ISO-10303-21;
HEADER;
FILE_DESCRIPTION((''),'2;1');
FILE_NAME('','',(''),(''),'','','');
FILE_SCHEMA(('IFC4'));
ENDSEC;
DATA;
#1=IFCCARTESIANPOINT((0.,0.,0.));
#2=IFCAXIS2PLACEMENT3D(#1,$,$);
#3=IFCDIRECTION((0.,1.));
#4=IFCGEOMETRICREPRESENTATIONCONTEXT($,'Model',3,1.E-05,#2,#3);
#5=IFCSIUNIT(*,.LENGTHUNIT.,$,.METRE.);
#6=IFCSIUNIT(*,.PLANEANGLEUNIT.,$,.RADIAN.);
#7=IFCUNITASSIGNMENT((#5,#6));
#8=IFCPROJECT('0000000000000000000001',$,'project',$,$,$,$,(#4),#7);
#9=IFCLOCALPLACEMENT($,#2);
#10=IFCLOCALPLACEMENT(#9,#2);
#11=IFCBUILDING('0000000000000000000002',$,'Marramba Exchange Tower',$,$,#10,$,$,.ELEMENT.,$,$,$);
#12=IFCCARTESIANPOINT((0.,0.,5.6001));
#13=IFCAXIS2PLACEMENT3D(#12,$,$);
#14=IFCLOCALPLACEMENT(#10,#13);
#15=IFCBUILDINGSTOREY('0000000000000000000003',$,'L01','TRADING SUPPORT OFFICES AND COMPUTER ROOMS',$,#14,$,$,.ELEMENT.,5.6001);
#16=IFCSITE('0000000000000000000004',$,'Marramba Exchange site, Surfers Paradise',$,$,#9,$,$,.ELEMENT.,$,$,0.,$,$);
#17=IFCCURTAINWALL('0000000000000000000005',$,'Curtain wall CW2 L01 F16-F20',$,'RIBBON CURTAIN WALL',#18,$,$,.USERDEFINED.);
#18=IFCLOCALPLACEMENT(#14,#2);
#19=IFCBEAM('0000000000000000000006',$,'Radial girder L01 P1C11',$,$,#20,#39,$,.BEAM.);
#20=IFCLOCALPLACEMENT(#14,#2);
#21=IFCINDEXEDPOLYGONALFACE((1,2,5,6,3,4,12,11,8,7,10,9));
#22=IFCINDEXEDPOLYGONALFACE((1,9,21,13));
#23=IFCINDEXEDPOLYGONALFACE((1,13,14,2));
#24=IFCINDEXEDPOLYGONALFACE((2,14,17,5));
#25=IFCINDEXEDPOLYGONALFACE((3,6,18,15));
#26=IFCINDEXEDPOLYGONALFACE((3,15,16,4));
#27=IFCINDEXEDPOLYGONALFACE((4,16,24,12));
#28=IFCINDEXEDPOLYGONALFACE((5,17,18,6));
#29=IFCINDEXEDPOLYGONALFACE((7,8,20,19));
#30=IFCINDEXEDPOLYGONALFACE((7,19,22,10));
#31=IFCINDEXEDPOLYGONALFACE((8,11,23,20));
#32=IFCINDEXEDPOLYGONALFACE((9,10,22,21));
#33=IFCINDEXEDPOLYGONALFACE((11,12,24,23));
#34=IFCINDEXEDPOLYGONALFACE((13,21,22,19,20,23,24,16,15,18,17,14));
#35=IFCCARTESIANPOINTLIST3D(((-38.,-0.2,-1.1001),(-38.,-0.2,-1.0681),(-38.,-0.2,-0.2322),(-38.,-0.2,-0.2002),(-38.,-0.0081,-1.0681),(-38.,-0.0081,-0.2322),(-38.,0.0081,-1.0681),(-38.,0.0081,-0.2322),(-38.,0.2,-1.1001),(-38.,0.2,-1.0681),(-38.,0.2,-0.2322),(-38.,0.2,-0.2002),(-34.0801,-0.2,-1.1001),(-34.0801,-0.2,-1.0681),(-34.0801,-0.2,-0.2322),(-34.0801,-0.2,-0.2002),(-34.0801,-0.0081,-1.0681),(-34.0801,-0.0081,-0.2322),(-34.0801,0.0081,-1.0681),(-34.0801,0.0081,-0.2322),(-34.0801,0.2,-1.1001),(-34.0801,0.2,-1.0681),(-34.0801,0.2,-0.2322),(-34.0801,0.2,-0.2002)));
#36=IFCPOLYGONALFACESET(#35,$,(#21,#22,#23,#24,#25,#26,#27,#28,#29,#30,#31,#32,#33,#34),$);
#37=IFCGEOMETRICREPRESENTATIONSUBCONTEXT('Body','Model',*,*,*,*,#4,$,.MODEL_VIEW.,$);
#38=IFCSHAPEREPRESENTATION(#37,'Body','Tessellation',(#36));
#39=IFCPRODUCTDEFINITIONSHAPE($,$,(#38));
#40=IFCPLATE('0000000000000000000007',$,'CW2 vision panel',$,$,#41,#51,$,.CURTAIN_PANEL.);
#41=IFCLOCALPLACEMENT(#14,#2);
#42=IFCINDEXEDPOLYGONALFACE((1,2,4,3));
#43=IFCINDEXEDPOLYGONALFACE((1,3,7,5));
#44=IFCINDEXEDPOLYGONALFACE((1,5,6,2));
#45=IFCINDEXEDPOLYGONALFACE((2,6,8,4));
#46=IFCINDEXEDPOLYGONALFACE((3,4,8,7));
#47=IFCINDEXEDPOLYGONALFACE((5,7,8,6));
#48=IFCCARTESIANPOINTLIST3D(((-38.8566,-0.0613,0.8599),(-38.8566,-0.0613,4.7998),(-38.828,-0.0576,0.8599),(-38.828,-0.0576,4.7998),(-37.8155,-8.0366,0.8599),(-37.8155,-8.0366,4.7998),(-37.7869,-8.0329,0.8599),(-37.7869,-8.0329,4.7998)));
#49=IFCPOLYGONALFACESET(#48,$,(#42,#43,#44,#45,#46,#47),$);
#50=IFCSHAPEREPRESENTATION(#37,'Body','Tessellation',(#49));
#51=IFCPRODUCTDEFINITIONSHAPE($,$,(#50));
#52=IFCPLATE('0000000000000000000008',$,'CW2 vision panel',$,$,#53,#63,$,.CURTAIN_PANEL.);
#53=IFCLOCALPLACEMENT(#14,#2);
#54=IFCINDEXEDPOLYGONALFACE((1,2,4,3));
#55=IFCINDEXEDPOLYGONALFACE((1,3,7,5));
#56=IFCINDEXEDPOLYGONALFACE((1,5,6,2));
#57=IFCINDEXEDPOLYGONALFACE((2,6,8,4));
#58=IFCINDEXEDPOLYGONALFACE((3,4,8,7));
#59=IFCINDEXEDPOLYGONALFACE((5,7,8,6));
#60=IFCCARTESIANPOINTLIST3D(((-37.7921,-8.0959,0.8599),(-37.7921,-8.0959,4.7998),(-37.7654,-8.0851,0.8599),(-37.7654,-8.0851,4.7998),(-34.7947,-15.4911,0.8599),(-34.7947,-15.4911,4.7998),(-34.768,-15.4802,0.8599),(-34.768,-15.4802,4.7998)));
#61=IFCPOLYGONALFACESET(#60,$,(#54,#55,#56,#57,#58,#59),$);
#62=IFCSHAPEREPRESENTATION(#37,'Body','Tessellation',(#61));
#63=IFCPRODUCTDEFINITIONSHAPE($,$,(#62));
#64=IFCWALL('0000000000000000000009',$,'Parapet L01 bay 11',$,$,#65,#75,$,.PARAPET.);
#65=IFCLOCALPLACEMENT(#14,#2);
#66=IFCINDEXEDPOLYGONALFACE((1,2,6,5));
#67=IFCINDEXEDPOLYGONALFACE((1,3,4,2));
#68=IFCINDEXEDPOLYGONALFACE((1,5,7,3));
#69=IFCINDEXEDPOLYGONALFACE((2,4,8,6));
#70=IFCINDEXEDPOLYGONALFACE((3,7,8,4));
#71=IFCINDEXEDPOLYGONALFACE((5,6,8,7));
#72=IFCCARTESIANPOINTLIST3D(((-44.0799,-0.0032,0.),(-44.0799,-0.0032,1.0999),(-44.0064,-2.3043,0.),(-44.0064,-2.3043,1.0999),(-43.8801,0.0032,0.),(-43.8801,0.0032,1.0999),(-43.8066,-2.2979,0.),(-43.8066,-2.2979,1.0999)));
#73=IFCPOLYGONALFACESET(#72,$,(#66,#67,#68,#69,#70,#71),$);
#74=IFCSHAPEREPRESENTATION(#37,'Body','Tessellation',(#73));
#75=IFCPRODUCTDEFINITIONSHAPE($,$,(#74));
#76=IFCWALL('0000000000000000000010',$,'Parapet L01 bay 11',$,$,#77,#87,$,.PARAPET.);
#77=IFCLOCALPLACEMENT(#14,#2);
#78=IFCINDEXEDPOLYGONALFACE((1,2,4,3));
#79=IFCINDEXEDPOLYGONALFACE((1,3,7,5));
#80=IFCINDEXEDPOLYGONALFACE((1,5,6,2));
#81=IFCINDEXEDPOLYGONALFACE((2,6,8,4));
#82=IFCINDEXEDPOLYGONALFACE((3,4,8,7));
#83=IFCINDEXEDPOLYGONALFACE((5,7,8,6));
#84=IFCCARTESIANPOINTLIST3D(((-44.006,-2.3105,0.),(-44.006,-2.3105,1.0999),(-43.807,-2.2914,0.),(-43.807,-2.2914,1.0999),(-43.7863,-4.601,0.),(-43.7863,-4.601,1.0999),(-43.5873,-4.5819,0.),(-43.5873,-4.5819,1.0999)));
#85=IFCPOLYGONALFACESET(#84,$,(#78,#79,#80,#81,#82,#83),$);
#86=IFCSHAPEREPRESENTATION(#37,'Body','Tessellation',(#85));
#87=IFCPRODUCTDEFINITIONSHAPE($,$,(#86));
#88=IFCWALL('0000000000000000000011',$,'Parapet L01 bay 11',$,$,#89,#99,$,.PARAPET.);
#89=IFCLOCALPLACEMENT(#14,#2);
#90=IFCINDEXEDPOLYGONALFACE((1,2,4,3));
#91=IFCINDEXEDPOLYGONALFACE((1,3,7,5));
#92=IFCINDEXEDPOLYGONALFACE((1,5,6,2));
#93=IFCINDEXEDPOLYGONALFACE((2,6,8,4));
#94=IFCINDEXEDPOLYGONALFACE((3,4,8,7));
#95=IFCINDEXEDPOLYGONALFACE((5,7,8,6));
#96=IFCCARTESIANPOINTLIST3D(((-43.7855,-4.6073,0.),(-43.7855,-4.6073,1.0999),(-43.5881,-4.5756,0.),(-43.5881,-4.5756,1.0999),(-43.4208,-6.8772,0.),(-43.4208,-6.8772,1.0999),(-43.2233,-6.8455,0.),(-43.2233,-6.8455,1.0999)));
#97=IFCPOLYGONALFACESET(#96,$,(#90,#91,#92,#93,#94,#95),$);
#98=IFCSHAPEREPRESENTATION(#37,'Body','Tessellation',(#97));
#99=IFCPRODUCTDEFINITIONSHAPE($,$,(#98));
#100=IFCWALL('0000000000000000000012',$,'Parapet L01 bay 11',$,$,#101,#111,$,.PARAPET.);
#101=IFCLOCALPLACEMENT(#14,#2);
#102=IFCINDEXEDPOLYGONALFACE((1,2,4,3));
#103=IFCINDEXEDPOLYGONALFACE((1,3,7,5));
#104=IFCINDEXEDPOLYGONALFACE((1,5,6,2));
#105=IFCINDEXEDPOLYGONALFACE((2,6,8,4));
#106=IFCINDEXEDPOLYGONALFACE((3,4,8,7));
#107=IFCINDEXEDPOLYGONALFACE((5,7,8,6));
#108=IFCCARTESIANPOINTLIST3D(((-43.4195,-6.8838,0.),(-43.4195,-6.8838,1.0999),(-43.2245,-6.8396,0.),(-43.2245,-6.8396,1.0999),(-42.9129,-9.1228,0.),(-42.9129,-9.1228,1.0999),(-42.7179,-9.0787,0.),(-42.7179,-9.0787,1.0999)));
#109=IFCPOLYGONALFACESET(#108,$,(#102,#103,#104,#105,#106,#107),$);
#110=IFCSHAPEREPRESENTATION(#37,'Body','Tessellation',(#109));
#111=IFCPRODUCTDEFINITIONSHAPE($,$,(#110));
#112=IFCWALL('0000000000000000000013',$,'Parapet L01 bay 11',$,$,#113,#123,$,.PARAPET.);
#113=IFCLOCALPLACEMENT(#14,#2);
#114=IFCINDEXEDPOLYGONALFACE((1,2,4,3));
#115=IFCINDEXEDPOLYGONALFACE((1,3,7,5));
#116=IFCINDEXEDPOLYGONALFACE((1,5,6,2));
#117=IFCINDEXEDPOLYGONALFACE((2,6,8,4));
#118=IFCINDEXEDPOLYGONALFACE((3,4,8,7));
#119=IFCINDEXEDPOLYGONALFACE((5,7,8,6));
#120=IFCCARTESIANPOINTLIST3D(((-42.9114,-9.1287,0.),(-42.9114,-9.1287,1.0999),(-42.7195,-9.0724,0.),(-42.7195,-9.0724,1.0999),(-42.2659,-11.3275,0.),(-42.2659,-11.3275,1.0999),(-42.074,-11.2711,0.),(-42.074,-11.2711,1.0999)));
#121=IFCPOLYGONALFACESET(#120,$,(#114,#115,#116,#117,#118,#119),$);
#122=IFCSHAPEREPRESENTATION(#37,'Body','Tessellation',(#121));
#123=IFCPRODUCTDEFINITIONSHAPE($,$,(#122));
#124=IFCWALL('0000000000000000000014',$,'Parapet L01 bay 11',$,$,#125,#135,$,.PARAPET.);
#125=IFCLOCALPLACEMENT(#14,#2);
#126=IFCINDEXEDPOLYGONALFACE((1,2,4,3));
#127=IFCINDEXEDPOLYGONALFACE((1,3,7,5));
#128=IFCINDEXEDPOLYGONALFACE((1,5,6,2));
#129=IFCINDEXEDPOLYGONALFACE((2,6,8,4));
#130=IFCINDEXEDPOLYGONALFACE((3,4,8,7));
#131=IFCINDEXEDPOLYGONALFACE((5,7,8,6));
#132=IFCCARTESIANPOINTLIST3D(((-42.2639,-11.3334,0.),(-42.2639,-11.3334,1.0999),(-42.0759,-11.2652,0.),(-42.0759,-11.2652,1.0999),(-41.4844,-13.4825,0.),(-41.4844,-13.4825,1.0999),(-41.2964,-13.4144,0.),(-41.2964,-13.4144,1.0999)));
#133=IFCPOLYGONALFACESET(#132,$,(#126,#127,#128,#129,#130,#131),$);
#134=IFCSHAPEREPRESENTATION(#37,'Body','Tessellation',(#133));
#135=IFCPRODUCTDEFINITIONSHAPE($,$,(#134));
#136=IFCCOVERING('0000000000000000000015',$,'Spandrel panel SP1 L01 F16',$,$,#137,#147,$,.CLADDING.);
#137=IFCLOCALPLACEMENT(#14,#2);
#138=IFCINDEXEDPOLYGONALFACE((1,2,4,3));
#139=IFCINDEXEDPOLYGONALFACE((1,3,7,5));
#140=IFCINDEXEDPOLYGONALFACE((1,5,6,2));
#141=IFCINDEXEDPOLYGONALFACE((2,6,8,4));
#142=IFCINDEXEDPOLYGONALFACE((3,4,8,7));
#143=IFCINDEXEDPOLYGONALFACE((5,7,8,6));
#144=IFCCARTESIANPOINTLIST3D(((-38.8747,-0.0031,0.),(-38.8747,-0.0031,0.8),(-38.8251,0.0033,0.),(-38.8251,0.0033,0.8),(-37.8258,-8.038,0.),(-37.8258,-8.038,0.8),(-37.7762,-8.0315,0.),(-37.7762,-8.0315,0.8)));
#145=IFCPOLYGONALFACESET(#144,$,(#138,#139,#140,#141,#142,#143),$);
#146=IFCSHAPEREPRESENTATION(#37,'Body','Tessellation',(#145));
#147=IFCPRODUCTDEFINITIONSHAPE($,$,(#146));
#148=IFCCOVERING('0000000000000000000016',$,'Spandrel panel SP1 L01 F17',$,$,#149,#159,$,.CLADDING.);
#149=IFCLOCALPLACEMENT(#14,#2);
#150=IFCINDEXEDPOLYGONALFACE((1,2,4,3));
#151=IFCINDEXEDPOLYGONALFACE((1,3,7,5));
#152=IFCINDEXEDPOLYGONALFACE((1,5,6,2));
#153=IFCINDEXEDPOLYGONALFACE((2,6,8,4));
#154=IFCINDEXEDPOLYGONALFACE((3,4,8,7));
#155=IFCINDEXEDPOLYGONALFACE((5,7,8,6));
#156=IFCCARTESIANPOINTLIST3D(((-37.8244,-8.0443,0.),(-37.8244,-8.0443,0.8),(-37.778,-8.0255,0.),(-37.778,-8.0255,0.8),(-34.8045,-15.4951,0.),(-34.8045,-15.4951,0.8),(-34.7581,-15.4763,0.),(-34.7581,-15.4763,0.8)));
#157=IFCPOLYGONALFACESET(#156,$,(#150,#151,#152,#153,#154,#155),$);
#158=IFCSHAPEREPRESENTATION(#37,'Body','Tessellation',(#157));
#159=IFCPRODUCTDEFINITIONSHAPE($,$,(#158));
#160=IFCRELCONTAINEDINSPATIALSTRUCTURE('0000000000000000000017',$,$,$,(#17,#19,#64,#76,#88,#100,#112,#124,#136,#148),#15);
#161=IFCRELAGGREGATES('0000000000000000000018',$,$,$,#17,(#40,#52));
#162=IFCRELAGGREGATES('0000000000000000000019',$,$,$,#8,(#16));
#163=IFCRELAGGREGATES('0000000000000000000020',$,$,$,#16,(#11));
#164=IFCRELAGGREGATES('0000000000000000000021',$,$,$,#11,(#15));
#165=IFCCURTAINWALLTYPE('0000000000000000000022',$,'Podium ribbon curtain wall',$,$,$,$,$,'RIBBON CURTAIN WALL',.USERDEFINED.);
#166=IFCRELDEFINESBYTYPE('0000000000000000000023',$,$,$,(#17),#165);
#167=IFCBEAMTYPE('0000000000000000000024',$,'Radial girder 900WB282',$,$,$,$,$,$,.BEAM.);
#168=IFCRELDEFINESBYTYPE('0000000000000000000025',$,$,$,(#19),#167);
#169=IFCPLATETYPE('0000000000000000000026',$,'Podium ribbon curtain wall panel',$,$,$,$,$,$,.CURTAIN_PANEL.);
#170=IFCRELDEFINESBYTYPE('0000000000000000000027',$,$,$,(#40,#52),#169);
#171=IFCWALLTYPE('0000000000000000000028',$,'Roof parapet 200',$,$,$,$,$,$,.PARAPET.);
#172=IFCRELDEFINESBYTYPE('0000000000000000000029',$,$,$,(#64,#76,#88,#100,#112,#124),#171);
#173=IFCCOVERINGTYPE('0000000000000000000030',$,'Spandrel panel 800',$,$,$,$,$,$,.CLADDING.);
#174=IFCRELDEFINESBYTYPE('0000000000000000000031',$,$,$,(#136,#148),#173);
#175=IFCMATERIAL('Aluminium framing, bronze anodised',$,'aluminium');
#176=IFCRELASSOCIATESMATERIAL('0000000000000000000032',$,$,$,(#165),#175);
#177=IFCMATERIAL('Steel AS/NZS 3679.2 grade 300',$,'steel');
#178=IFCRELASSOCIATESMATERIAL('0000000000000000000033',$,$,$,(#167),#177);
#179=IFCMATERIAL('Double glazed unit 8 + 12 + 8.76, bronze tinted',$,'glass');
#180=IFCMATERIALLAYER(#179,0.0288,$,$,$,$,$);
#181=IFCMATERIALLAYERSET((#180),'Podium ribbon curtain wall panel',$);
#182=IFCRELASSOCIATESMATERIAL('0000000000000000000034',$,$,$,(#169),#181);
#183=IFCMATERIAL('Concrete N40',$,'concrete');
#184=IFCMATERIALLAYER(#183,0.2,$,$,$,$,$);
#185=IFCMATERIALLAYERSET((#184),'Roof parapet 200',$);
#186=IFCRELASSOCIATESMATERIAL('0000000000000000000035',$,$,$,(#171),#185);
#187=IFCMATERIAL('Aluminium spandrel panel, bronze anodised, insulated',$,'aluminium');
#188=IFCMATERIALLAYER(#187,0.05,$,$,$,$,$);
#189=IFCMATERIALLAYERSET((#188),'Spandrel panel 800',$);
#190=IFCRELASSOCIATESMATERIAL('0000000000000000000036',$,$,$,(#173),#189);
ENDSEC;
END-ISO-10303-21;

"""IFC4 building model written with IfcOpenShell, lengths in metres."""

from ifc_helpers import new_model, si_unit, direction, frame, frame_2d, origin, origin_2d, place, context, subcontext, project, spatial, rectangle, i_section, extrude, material, layer, layer_set, material_profile, profile_set, type_object, element, aggregate, save


model = new_model("IFC4")

# Units and contexts
model_context = context("Model", 3, precision=1e-05, world=origin(), true_north=direction((0.0, 1.0)))
body_context = subcontext(model_context, "Body", "Model", "MODEL_VIEW")
ifc_project = project(units=[si_unit("LENGTHUNIT", "METRE"), si_unit("PLANEANGLEUNIT", "RADIAN")], contexts=[model_context])

# Site, building, storey
site_placement = place(None, origin())
site = spatial("IfcSite", under=ifc_project, at=site_placement, Name="Marramba Exchange site, Surfers Paradise", CompositionType="ELEMENT", RefElevation=0.0)
building_placement = place(site_placement, origin())
building = spatial("IfcBuilding", under=site, at=building_placement, Name="Marramba Exchange Tower", CompositionType="ELEMENT")
storey_placement = place(building_placement, frame((0.0, 0.0, 5.6001)))
storey = spatial("IfcBuildingStorey", under=building, at=storey_placement, Name="L01", Description="TRADING SUPPORT OFFICES AND COMPUTER ROOMS", CompositionType="ELEMENT", Elevation=5.6001)

# Curtain wall
ifc_material_1 = material(Name="Aluminium framing, bronze anodised", Category="aluminium")
curtain_wall_type = type_object("IfcCurtainWallType", Name="Podium ribbon curtain wall", ElementType="RIBBON CURTAIN WALL", PredefinedType="USERDEFINED", material=ifc_material_1)
curtain_wall_placement = place(storey_placement, origin())
curtain_wall = element("IfcCurtainWall", 1, at=curtain_wall_placement, inside=storey, type_object=curtain_wall_type, Name="Curtain wall CW2 L01 F16-F20", ObjectType="RIBBON CURTAIN WALL", PredefinedType="USERDEFINED")

# Beam
ifc_material_2 = material(Name="Steel AS/NZS 3679.2 grade 300", Category="steel")
ifc_material_profile_1 = material_profile(ifc_material_2, i_section(OverallWidth=0.3999, OverallDepth=0.8999, WebThickness=0.0161, FlangeThickness=0.032, at=origin_2d()), Name="900WB282")
ifc_profile_set_1 = profile_set([ifc_material_profile_1], Name="Steel AS/NZS 3679.2 grade 300")
beam_type_1 = type_object("IfcBeamType", Name="Radial girder 900WB282", PredefinedType="BEAM", material=ifc_profile_set_1)
beam_1_placement = place(storey_placement, frame((-38.0, 0.0, -0.6501), z_axis=(1.0, 0.0, 0.0), x_axis=(0.0, 1.0, 0.0)))
element("IfcBeam", 2, at=beam_1_placement, inside=storey, type_object=beam_type_1, Name="Radial girder L01 P1C11", PredefinedType="BEAM", context=body_context, shape_type="SweptSolid", body=[
    extrude(i_section(OverallWidth=0.3999, OverallDepth=0.8999, WebThickness=0.0161, FlangeThickness=0.032, at=origin_2d()), origin(), (0.0, 0.0, 1.0), 3.9199),
])

# Plates
ifc_material_3 = material(Name="Double glazed unit 8 + 12 + 8.76, bronze tinted", Category="glass")
ifc_layer_1 = layer(ifc_material_3, 0.0288)
ifc_layer_set_1 = layer_set([ifc_layer_1], Name="Podium ribbon curtain wall panel")
plate_type = type_object("IfcPlateType", Name="Podium ribbon curtain wall panel", PredefinedType="CURTAIN_PANEL", material=ifc_layer_set_1)
plate_1_placement = place(storey_placement, frame((-38.3218, -4.0471, 0.8599), z_axis=(0.0, 0.0, 1.0), x_axis=(0.129443, -0.991587, 0.0)))
plate_1 = element("IfcPlate", 3, at=plate_1_placement, type_object=plate_type, Name="CW2 vision panel", PredefinedType="CURTAIN_PANEL", context=body_context, shape_type="SweptSolid", body=[
    extrude(rectangle(XDim=8.043, YDim=0.0288, at=origin_2d()), origin(), (0.0, 0.0, 1.0), 3.9399),
])
plate_2_placement = place(storey_placement, frame((-36.28, -11.7881, 0.8599), z_axis=(0.0, 0.0, 1.0), x_axis=(0.375632, -0.926769, 0.0)))
plate_2 = element("IfcPlate", 4, at=plate_2_placement, type_object=plate_type, Name="CW2 vision panel", PredefinedType="CURTAIN_PANEL", context=body_context, shape_type="SweptSolid", body=[
    extrude(rectangle(XDim=7.9795, YDim=0.0288, at=origin_2d()), origin(), (0.0, 0.0, 1.0), 3.9399),
])
aggregate(curtain_wall, [plate_1, plate_2])

# Walls
ifc_material_4 = material(Name="Concrete N40", Category="concrete")
ifc_layer_2 = layer(ifc_material_4, 0.2)
ifc_layer_set_2 = layer_set([ifc_layer_2], Name="Roof parapet 200")
wall_type = type_object("IfcWallType", Name="Roof parapet 200", PredefinedType="PARAPET", material=ifc_layer_set_2)
wall_1_placement = place(storey_placement, frame((-43.98, 0.0, 0.0), z_axis=(0.0, 0.0, 1.0), x_axis=(0.03192, -0.99949, 0.0)))
element("IfcWall", 5, at=wall_1_placement, inside=storey, type_object=wall_type, Name="Parapet L01 bay 11", PredefinedType="PARAPET", context=body_context, shape_type="SweptSolid", body=[
    extrude(rectangle(XDim=2.3022, YDim=0.2, at=frame_2d((1.1511, 0.0))), origin(), (0.0, 0.0, 1.0), 1.0999),
])
wall_2_placement = place(storey_placement, frame((-43.9065, -2.301, 0.0), z_axis=(0.0, 0.0, 1.0), x_axis=(0.09549, -0.99543, 0.0)))
element("IfcWall", 6, at=wall_2_placement, inside=storey, type_object=wall_type, Name="Parapet L01 bay 11", PredefinedType="PARAPET", context=body_context, shape_type="SweptSolid", body=[
    extrude(rectangle(XDim=2.301, YDim=0.2, at=frame_2d((1.1504, 0.0))), origin(), (0.0, 0.0, 1.0), 1.0999),
])
wall_3_placement = place(storey_placement, frame((-43.6868, -4.5916, 0.0), z_axis=(0.0, 0.0, 1.0), x_axis=(0.158645, -0.987336, 0.0)))
element("IfcWall", 7, at=wall_3_placement, inside=storey, type_object=wall_type, Name="Parapet L01 bay 11", PredefinedType="PARAPET", context=body_context, shape_type="SweptSolid", body=[
    extrude(rectangle(XDim=2.2991, YDim=0.2, at=frame_2d((1.1494, 0.0))), origin(), (0.0, 0.0, 1.0), 1.0999),
])
wall_4_placement = place(storey_placement, frame((-43.322, -6.8616, 0.0), z_axis=(0.0, 0.0, 1.0), x_axis=(0.220679, -0.975347, 0.0)))
element("IfcWall", 8, at=wall_4_placement, inside=storey, type_object=wall_type, Name="Parapet L01 bay 11", PredefinedType="PARAPET", context=body_context, shape_type="SweptSolid", body=[
    extrude(rectangle(XDim=2.2957, YDim=0.2, at=frame_2d((1.1479, 0.0))), origin(), (0.0, 0.0, 1.0), 1.0999),
])
wall_5_placement = place(storey_placement, frame((-42.8154, -9.1006, 0.0), z_axis=(0.0, 0.0, 1.0), x_axis=(0.281693, -0.959504, 0.0)))
element("IfcWall", 9, at=wall_5_placement, inside=storey, type_object=wall_type, Name="Parapet L01 bay 11", PredefinedType="PARAPET", context=body_context, shape_type="SweptSolid", body=[
    extrude(rectangle(XDim=2.2915, YDim=0.2, at=frame_2d((1.1458, 0.0))), origin(), (0.0, 0.0, 1.0), 1.0999),
])
wall_6_placement = place(storey_placement, frame((-42.1699, -11.2993, 0.0), z_axis=(0.0, 0.0, 1.0), x_axis=(0.34098, -0.940071, 0.0)))
element("IfcWall", 10, at=wall_6_placement, inside=storey, type_object=wall_type, Name="Parapet L01 bay 11", PredefinedType="PARAPET", context=body_context, shape_type="SweptSolid", body=[
    extrude(rectangle(XDim=2.2861, YDim=0.2, at=frame_2d((1.1431, 0.0))), origin(), (0.0, 0.0, 1.0), 1.0999),
])

# Coverings
ifc_material_5 = material(Name="Aluminium spandrel panel, bronze anodised, insulated", Category="aluminium")
ifc_layer_3 = layer(ifc_material_5, 0.05)
ifc_layer_set_3 = layer_set([ifc_layer_3], Name="Spandrel panel 800")
covering_type = type_object("IfcCoveringType", Name="Spandrel panel 800", PredefinedType="CLADDING", material=ifc_layer_set_3)
covering_1_placement = place(storey_placement, frame((-38.3254, -4.0173, 0.0), z_axis=(0.0, 0.0, 1.0), x_axis=(0.129443, -0.991587, 0.0)))
element("IfcCovering", 11, at=covering_1_placement, inside=storey, type_object=covering_type, Name="Spandrel panel SP1 L01 F16", PredefinedType="CLADDING", context=body_context, shape_type="SweptSolid", body=[
    extrude(rectangle(XDim=8.103, YDim=0.05, at=origin_2d()), origin(), (0.0, 0.0, 1.0), 0.8),
])
covering_2_placement = place(storey_placement, frame((-36.2913, -11.7603, 0.0), z_axis=(0.0, 0.0, 1.0), x_axis=(0.375632, -0.926769, 0.0)))
element("IfcCovering", 12, at=covering_2_placement, inside=storey, type_object=covering_type, Name="Spandrel panel SP1 L01 F17", PredefinedType="CLADDING", context=body_context, shape_type="SweptSolid", body=[
    extrude(rectangle(XDim=8.0396, YDim=0.05, at=origin_2d()), origin(), (0.0, 0.0, 1.0), 0.8),
])

save(model, "model.ifc")
